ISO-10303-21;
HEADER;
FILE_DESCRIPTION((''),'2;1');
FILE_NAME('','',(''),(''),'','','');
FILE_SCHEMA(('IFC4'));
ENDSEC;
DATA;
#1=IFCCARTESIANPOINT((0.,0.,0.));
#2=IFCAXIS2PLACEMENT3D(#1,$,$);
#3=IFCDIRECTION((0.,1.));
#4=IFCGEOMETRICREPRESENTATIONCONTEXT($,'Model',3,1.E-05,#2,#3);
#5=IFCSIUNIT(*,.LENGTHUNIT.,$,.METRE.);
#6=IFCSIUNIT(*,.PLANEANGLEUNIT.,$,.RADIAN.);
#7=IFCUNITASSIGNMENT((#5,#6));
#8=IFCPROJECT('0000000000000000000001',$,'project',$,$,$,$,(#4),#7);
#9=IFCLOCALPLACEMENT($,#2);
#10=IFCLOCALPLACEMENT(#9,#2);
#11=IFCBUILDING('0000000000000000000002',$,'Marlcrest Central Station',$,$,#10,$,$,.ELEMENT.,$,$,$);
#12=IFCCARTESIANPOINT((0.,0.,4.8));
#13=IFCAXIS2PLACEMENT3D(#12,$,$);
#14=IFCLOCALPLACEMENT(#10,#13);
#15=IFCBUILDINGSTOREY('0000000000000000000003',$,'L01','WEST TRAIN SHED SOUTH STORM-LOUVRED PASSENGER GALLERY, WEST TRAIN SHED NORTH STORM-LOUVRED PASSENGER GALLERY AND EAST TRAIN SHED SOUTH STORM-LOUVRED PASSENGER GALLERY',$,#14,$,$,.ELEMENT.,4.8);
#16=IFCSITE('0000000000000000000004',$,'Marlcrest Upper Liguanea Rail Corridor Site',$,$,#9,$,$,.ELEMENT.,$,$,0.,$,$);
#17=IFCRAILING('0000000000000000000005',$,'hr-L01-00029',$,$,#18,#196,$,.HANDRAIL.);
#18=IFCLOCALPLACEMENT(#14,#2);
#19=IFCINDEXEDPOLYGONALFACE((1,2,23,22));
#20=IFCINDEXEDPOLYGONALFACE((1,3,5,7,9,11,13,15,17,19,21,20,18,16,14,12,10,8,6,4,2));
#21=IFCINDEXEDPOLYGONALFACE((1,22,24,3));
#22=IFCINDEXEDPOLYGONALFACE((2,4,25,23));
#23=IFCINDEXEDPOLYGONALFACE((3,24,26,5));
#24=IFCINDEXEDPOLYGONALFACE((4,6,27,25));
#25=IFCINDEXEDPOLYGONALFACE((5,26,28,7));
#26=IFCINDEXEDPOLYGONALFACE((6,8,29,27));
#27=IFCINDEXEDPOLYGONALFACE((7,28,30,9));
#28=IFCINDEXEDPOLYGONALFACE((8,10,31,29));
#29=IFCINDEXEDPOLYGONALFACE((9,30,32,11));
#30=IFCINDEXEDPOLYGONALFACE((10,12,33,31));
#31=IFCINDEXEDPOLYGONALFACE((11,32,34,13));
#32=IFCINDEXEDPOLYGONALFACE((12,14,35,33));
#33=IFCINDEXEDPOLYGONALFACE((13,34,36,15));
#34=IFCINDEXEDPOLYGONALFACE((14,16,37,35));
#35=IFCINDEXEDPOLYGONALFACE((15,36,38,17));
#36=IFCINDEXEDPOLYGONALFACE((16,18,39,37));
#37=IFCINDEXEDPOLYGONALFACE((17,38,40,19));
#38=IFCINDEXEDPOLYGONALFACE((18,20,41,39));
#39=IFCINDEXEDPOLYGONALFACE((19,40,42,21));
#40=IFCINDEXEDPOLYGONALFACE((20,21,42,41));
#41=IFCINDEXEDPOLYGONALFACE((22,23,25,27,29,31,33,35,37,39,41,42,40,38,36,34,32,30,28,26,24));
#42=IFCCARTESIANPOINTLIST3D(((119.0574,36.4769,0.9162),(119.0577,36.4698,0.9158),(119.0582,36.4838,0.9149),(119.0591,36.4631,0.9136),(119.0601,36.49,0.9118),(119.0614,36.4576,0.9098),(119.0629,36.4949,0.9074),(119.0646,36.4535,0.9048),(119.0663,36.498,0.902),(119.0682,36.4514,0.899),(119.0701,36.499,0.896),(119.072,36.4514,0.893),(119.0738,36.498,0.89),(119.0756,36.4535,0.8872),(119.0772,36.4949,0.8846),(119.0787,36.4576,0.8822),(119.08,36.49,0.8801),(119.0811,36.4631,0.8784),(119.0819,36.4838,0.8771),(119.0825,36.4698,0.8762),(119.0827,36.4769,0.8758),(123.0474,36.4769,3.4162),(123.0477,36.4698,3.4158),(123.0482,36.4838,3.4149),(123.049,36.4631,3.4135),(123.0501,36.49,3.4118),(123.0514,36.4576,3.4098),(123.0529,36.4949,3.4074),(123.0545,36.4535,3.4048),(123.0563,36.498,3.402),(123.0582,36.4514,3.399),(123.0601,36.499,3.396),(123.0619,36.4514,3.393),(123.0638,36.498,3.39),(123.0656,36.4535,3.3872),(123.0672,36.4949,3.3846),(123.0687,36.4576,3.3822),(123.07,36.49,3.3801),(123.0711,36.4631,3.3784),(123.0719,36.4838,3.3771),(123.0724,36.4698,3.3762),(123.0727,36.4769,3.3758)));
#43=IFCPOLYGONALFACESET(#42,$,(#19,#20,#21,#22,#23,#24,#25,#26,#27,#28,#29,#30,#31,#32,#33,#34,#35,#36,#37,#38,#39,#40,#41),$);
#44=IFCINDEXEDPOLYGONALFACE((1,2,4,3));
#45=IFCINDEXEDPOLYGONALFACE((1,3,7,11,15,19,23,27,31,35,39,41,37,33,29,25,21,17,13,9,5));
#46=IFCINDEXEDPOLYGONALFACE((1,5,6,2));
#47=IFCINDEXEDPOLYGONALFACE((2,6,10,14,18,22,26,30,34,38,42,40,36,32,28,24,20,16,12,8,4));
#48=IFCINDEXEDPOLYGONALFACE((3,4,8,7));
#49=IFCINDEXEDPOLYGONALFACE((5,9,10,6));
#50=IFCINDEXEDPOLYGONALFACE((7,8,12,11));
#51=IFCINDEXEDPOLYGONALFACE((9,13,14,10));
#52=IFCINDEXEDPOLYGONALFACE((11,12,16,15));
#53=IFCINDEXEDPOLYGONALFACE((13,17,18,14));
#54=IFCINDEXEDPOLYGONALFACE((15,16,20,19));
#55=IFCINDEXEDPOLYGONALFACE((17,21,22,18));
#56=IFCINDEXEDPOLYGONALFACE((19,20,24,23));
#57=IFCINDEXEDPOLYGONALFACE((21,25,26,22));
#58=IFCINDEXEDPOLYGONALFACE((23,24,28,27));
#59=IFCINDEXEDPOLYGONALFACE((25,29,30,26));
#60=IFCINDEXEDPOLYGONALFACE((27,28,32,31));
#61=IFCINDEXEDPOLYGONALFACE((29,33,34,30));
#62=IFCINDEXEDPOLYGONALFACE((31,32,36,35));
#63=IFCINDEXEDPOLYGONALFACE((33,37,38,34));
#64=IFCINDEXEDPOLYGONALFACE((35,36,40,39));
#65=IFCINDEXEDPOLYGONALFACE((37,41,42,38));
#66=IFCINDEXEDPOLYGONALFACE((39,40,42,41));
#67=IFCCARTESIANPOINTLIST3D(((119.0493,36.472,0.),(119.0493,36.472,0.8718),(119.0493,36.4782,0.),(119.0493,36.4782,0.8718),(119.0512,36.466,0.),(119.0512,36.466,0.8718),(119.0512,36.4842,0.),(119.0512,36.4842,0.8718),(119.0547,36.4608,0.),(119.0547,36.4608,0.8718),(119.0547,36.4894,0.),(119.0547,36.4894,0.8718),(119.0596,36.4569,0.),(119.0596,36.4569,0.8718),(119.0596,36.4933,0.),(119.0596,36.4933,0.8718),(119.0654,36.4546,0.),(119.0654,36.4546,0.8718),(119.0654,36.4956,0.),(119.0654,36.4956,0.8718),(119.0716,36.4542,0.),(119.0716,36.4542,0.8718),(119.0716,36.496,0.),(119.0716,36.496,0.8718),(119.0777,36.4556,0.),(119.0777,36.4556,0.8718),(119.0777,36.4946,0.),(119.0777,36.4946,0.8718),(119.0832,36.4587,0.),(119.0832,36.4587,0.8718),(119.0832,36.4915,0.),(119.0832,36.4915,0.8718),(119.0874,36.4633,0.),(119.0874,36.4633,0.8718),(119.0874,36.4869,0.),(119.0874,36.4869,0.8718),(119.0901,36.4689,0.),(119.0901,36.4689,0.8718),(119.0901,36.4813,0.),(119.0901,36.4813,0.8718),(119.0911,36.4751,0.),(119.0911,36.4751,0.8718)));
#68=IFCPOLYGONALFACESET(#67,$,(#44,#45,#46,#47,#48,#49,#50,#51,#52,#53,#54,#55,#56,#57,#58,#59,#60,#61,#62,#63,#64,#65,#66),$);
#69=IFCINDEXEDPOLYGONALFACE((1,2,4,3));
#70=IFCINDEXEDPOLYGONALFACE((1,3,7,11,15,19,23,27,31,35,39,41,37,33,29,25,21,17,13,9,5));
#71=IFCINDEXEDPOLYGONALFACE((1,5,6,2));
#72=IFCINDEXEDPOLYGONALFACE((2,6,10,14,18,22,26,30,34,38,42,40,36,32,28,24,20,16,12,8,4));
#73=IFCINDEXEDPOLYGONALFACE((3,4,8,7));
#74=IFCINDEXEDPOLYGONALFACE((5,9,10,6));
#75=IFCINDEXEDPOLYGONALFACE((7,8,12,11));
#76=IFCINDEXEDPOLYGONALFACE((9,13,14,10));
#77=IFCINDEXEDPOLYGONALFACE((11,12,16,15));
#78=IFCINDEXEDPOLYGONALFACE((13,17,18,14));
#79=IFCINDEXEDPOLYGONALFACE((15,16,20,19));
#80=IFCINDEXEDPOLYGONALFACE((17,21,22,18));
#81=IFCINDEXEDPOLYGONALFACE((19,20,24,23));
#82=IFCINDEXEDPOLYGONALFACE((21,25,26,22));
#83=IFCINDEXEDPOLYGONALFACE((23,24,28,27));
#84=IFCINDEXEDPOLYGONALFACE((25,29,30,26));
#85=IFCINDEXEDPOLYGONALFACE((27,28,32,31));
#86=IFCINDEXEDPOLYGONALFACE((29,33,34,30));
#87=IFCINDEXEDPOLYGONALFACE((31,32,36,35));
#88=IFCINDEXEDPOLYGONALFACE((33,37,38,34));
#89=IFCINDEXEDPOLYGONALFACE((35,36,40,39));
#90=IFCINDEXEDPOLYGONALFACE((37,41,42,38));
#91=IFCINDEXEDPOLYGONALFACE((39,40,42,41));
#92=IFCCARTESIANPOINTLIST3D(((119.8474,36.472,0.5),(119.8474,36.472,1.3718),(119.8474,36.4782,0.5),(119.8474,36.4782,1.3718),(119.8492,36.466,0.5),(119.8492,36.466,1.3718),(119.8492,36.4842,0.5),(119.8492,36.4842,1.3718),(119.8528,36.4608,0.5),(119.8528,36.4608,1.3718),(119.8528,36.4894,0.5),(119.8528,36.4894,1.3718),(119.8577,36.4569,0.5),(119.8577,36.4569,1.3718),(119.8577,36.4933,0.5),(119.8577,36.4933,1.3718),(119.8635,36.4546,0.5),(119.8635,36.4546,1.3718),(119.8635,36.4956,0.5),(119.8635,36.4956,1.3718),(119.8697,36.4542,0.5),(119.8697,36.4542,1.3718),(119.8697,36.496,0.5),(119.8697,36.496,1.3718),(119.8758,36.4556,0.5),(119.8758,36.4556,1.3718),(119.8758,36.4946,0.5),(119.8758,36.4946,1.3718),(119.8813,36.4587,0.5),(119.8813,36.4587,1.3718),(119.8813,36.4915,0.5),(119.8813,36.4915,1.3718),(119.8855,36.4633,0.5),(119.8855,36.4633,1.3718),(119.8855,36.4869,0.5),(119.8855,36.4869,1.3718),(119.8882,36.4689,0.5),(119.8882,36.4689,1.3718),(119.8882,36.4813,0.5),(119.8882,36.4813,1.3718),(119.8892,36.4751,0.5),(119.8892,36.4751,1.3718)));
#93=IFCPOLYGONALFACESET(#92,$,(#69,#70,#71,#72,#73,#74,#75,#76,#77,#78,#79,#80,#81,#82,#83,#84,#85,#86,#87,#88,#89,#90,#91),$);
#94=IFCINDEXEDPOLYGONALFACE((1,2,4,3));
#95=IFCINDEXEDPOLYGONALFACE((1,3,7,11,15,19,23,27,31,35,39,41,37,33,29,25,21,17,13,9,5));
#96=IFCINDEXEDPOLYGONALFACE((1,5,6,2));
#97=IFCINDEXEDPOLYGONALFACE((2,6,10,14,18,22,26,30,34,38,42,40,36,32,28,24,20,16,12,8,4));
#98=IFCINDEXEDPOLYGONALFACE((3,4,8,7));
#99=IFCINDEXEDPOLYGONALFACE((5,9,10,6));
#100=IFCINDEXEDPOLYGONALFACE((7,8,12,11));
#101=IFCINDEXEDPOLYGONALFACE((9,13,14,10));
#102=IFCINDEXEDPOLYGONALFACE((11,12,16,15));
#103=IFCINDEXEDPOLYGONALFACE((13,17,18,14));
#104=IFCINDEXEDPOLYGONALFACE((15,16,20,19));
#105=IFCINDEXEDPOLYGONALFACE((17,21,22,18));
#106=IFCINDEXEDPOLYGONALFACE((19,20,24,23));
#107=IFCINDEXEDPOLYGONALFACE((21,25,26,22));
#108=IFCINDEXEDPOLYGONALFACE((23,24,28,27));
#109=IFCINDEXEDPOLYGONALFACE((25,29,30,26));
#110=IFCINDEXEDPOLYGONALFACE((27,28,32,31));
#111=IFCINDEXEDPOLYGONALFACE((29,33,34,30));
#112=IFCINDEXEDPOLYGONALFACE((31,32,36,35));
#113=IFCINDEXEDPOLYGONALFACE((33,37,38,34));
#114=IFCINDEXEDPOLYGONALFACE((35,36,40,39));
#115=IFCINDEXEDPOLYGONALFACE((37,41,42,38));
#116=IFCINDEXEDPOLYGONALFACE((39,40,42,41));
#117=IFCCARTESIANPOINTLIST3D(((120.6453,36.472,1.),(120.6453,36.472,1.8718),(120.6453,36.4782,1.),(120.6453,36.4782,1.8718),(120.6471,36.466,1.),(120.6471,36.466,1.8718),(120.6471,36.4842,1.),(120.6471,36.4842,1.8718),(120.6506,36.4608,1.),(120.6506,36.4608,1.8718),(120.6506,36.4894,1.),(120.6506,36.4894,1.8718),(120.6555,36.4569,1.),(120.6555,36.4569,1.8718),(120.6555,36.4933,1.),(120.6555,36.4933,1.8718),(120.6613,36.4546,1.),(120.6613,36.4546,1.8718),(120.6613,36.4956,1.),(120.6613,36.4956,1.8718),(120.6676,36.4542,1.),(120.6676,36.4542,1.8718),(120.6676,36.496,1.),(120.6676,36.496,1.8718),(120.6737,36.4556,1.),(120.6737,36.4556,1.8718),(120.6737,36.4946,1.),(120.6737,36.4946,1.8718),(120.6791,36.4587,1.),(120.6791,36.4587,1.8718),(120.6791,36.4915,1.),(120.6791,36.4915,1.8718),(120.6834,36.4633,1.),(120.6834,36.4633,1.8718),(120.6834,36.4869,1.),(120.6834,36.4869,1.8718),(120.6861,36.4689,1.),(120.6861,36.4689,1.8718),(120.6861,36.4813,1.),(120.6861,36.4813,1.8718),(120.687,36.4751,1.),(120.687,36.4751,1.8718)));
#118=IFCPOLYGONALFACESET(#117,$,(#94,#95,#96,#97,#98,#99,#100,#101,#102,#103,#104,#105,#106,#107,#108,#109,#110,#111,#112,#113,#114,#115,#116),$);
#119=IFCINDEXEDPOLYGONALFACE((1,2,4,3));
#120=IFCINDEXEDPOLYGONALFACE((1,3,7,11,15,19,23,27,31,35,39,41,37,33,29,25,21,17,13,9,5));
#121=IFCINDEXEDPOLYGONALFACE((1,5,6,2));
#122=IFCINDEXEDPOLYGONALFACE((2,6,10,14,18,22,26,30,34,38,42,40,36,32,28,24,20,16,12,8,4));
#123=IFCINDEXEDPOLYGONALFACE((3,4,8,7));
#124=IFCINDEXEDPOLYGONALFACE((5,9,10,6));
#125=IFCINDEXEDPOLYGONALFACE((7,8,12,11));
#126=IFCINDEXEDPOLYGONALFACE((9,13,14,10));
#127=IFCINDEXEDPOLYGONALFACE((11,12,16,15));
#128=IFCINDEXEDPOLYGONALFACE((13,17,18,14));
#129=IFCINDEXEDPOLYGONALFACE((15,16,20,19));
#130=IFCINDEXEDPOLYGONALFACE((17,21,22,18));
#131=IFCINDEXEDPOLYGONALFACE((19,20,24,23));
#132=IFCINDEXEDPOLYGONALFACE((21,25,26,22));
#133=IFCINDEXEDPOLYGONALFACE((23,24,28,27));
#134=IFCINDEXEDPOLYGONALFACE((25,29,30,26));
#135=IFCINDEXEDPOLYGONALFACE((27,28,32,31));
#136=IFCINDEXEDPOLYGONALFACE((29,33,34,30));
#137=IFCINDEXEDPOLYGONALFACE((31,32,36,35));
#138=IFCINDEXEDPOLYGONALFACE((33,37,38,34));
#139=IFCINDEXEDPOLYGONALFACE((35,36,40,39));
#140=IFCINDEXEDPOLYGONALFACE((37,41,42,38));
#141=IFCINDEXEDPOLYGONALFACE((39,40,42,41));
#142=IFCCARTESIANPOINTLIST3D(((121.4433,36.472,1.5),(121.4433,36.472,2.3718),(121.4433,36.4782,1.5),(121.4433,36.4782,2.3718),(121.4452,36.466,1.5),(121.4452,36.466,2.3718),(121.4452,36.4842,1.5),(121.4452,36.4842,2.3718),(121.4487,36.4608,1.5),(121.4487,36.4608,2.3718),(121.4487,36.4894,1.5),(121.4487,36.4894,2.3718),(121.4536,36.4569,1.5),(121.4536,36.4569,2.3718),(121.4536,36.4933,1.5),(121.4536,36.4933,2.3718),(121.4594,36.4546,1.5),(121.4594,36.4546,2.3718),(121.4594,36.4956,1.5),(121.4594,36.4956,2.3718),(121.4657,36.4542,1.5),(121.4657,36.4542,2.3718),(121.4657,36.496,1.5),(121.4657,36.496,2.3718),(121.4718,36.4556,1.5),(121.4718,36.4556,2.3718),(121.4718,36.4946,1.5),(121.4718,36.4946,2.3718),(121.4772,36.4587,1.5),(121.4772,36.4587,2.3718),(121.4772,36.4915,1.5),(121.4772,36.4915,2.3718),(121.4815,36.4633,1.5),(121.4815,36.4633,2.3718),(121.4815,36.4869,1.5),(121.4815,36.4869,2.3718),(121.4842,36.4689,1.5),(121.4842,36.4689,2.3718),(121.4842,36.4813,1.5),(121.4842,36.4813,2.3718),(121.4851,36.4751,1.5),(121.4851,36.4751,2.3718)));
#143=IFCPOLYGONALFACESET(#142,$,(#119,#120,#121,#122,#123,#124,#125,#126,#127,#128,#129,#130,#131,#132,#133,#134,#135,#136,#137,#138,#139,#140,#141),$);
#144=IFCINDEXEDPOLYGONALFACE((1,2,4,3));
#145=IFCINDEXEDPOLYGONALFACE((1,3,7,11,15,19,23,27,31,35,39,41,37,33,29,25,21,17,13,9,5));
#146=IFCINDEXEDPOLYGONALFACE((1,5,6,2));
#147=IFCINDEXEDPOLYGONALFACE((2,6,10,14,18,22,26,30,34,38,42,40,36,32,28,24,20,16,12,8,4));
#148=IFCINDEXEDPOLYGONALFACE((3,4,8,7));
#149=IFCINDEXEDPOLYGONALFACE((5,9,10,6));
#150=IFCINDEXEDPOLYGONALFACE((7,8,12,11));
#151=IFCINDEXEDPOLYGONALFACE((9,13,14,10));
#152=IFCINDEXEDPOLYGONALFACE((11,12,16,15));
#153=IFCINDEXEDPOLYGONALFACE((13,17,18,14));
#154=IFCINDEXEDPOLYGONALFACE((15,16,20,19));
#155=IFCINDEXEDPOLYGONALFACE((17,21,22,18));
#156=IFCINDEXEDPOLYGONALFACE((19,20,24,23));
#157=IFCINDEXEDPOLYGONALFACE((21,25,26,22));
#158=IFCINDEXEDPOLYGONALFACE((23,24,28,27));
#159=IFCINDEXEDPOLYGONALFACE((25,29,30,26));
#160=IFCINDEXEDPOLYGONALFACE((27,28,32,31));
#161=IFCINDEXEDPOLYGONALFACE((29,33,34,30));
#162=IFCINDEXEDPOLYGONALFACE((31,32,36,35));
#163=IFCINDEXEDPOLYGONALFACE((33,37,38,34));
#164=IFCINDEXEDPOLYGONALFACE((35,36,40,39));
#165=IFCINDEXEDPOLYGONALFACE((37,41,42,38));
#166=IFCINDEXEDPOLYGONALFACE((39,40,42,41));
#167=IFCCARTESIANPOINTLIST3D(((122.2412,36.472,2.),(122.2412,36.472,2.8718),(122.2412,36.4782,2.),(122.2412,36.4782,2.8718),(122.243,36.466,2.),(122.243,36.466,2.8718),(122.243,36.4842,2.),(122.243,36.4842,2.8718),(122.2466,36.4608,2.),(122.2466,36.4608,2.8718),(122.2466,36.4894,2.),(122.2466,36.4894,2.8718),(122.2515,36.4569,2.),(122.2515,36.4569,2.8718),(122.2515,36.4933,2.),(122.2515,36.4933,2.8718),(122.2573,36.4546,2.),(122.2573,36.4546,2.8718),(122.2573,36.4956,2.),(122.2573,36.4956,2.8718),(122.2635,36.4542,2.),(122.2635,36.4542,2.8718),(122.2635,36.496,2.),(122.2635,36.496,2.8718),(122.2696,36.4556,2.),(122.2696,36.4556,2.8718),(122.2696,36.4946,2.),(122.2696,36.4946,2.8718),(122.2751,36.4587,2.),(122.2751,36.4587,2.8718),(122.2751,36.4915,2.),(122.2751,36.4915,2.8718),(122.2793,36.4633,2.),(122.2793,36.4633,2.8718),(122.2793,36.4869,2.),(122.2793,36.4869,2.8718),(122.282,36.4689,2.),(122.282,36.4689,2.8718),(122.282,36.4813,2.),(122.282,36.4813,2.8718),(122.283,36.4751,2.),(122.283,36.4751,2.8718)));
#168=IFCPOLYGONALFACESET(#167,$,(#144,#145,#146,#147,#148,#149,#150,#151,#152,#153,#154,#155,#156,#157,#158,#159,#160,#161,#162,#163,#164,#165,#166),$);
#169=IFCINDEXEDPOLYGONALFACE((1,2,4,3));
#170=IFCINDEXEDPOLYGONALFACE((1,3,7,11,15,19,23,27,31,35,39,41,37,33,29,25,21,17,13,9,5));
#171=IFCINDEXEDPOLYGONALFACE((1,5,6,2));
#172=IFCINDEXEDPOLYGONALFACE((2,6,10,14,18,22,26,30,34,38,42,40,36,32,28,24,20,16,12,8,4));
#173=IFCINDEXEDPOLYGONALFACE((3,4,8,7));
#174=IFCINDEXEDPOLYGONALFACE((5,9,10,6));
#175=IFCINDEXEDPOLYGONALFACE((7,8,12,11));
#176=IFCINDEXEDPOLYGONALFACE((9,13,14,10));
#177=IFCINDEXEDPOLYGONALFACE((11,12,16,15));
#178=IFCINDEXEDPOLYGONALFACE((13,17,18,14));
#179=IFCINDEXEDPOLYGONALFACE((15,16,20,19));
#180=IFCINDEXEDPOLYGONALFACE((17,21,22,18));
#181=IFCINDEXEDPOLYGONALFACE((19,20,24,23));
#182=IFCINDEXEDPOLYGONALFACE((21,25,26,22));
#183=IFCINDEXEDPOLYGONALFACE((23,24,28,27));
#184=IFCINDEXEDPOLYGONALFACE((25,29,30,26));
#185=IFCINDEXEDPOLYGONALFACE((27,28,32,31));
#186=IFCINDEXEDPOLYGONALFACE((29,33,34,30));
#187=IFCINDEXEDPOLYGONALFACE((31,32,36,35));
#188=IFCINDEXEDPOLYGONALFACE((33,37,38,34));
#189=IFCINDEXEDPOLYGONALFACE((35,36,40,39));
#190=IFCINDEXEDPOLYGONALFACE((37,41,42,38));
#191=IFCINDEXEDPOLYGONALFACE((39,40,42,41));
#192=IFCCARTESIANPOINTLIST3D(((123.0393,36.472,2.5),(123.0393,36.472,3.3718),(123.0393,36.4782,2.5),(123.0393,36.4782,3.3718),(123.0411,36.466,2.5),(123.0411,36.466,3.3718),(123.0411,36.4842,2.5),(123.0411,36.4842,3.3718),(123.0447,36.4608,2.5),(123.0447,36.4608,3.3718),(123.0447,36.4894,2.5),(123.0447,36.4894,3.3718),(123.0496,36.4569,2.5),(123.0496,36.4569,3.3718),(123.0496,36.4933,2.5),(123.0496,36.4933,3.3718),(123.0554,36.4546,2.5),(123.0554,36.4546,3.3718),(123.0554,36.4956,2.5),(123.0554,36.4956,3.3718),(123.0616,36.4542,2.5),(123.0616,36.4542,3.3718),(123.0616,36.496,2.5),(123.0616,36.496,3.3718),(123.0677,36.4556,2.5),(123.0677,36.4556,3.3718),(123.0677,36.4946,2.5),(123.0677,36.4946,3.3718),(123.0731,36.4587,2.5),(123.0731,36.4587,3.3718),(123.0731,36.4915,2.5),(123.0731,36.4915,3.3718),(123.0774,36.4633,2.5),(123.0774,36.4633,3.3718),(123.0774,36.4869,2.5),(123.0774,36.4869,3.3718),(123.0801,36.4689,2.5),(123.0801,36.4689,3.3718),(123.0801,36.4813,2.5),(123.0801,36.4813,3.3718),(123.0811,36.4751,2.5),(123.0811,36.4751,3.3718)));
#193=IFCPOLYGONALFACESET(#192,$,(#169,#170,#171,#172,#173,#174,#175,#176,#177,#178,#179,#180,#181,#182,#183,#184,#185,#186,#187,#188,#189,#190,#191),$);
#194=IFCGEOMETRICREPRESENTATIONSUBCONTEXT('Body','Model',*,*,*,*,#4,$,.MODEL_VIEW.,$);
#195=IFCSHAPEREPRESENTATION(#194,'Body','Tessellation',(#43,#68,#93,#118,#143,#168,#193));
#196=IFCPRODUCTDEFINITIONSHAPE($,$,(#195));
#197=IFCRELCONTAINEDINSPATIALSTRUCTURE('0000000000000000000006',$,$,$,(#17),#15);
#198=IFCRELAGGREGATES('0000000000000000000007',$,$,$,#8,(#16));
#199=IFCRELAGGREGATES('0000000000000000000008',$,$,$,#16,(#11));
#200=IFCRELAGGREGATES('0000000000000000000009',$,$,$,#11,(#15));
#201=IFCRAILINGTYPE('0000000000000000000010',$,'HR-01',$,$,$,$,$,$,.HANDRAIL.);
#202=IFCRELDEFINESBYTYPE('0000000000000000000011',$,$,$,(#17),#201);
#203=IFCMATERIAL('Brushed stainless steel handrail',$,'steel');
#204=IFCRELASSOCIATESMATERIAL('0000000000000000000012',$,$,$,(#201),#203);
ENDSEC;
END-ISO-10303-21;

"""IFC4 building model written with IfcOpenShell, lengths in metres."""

from ifc_helpers import new_model, si_unit, direction, frame, origin, origin_2d, place, context, subcontext, project, spatial, circle, extrude, material, type_object, element, save


model = new_model("IFC4")

# Units and contexts
model_context = context("Model", 3, precision=1e-05, world=origin(), true_north=direction((0.0, 1.0)))
body_context = subcontext(model_context, "Body", "Model", "MODEL_VIEW")
ifc_project = project(units=[si_unit("LENGTHUNIT", "METRE"), si_unit("PLANEANGLEUNIT", "RADIAN")], contexts=[model_context])

# Site, building, storey
site_placement = place(None, origin())
site = spatial("IfcSite", under=ifc_project, at=site_placement, Name="Marlcrest Upper Liguanea Rail Corridor Site", CompositionType="ELEMENT", RefElevation=0.0)
building_placement = place(site_placement, origin())
building = spatial("IfcBuilding", under=site, at=building_placement, Name="Marlcrest Central Station", CompositionType="ELEMENT")
storey_placement = place(building_placement, frame((0.0, 0.0, 4.8)))
storey = spatial("IfcBuildingStorey", under=building, at=storey_placement, Name="L01", Description="WEST TRAIN SHED SOUTH STORM-LOUVRED PASSENGER GALLERY, WEST TRAIN SHED NORTH STORM-LOUVRED PASSENGER GALLERY AND EAST TRAIN SHED SOUTH STORM-LOUVRED PASSENGER GALLERY", CompositionType="ELEMENT", Elevation=4.8)

# Railing
ifc_material_1 = material(Name="Brushed stainless steel handrail", Category="steel")
railing_type_1 = type_object("IfcRailingType", Name="HR-01", PredefinedType="HANDRAIL", material=ifc_material_1)
railing_1_placement = place(storey_placement, frame((119.0701, 36.4751, 0.0)))
element("IfcRailing", 1, at=railing_1_placement, inside=storey, type_object=railing_type_1, Name="hr-L01-00029", PredefinedType="HANDRAIL", context=body_context, shape_type="SweptSolid", body=[
    extrude(circle(Radius=0.0239, at=origin_2d()), frame((0.0, 0.0, 0.896), z_axis=(0.847401, 0.0, 0.530954), x_axis=(0.0, 1.0, 0.0)), (0.0, 0.0, 1.0), 4.7085),
    extrude(circle(Radius=0.021, at=origin_2d()), origin(), (0.0, 0.0, 1.0), 0.8718),
    extrude(circle(Radius=0.021, at=origin_2d()), frame((0.7981, 0.0, 0.5)), (0.0, 0.0, 1.0), 0.8718),
    extrude(circle(Radius=0.021, at=origin_2d()), frame((1.5959, 0.0, 1.0)), (0.0, 0.0, 1.0), 0.8718),
    extrude(circle(Radius=0.021, at=origin_2d()), frame((2.394, 0.0, 1.5)), (0.0, 0.0, 1.0), 0.8718),
    extrude(circle(Radius=0.021, at=origin_2d()), frame((3.1919, 0.0, 2.0)), (0.0, 0.0, 1.0), 0.8718),
    extrude(circle(Radius=0.021, at=origin_2d()), frame((3.99, 0.0, 2.5)), (0.0, 0.0, 1.0), 0.8718),
])

save(model, "model.ifc")
